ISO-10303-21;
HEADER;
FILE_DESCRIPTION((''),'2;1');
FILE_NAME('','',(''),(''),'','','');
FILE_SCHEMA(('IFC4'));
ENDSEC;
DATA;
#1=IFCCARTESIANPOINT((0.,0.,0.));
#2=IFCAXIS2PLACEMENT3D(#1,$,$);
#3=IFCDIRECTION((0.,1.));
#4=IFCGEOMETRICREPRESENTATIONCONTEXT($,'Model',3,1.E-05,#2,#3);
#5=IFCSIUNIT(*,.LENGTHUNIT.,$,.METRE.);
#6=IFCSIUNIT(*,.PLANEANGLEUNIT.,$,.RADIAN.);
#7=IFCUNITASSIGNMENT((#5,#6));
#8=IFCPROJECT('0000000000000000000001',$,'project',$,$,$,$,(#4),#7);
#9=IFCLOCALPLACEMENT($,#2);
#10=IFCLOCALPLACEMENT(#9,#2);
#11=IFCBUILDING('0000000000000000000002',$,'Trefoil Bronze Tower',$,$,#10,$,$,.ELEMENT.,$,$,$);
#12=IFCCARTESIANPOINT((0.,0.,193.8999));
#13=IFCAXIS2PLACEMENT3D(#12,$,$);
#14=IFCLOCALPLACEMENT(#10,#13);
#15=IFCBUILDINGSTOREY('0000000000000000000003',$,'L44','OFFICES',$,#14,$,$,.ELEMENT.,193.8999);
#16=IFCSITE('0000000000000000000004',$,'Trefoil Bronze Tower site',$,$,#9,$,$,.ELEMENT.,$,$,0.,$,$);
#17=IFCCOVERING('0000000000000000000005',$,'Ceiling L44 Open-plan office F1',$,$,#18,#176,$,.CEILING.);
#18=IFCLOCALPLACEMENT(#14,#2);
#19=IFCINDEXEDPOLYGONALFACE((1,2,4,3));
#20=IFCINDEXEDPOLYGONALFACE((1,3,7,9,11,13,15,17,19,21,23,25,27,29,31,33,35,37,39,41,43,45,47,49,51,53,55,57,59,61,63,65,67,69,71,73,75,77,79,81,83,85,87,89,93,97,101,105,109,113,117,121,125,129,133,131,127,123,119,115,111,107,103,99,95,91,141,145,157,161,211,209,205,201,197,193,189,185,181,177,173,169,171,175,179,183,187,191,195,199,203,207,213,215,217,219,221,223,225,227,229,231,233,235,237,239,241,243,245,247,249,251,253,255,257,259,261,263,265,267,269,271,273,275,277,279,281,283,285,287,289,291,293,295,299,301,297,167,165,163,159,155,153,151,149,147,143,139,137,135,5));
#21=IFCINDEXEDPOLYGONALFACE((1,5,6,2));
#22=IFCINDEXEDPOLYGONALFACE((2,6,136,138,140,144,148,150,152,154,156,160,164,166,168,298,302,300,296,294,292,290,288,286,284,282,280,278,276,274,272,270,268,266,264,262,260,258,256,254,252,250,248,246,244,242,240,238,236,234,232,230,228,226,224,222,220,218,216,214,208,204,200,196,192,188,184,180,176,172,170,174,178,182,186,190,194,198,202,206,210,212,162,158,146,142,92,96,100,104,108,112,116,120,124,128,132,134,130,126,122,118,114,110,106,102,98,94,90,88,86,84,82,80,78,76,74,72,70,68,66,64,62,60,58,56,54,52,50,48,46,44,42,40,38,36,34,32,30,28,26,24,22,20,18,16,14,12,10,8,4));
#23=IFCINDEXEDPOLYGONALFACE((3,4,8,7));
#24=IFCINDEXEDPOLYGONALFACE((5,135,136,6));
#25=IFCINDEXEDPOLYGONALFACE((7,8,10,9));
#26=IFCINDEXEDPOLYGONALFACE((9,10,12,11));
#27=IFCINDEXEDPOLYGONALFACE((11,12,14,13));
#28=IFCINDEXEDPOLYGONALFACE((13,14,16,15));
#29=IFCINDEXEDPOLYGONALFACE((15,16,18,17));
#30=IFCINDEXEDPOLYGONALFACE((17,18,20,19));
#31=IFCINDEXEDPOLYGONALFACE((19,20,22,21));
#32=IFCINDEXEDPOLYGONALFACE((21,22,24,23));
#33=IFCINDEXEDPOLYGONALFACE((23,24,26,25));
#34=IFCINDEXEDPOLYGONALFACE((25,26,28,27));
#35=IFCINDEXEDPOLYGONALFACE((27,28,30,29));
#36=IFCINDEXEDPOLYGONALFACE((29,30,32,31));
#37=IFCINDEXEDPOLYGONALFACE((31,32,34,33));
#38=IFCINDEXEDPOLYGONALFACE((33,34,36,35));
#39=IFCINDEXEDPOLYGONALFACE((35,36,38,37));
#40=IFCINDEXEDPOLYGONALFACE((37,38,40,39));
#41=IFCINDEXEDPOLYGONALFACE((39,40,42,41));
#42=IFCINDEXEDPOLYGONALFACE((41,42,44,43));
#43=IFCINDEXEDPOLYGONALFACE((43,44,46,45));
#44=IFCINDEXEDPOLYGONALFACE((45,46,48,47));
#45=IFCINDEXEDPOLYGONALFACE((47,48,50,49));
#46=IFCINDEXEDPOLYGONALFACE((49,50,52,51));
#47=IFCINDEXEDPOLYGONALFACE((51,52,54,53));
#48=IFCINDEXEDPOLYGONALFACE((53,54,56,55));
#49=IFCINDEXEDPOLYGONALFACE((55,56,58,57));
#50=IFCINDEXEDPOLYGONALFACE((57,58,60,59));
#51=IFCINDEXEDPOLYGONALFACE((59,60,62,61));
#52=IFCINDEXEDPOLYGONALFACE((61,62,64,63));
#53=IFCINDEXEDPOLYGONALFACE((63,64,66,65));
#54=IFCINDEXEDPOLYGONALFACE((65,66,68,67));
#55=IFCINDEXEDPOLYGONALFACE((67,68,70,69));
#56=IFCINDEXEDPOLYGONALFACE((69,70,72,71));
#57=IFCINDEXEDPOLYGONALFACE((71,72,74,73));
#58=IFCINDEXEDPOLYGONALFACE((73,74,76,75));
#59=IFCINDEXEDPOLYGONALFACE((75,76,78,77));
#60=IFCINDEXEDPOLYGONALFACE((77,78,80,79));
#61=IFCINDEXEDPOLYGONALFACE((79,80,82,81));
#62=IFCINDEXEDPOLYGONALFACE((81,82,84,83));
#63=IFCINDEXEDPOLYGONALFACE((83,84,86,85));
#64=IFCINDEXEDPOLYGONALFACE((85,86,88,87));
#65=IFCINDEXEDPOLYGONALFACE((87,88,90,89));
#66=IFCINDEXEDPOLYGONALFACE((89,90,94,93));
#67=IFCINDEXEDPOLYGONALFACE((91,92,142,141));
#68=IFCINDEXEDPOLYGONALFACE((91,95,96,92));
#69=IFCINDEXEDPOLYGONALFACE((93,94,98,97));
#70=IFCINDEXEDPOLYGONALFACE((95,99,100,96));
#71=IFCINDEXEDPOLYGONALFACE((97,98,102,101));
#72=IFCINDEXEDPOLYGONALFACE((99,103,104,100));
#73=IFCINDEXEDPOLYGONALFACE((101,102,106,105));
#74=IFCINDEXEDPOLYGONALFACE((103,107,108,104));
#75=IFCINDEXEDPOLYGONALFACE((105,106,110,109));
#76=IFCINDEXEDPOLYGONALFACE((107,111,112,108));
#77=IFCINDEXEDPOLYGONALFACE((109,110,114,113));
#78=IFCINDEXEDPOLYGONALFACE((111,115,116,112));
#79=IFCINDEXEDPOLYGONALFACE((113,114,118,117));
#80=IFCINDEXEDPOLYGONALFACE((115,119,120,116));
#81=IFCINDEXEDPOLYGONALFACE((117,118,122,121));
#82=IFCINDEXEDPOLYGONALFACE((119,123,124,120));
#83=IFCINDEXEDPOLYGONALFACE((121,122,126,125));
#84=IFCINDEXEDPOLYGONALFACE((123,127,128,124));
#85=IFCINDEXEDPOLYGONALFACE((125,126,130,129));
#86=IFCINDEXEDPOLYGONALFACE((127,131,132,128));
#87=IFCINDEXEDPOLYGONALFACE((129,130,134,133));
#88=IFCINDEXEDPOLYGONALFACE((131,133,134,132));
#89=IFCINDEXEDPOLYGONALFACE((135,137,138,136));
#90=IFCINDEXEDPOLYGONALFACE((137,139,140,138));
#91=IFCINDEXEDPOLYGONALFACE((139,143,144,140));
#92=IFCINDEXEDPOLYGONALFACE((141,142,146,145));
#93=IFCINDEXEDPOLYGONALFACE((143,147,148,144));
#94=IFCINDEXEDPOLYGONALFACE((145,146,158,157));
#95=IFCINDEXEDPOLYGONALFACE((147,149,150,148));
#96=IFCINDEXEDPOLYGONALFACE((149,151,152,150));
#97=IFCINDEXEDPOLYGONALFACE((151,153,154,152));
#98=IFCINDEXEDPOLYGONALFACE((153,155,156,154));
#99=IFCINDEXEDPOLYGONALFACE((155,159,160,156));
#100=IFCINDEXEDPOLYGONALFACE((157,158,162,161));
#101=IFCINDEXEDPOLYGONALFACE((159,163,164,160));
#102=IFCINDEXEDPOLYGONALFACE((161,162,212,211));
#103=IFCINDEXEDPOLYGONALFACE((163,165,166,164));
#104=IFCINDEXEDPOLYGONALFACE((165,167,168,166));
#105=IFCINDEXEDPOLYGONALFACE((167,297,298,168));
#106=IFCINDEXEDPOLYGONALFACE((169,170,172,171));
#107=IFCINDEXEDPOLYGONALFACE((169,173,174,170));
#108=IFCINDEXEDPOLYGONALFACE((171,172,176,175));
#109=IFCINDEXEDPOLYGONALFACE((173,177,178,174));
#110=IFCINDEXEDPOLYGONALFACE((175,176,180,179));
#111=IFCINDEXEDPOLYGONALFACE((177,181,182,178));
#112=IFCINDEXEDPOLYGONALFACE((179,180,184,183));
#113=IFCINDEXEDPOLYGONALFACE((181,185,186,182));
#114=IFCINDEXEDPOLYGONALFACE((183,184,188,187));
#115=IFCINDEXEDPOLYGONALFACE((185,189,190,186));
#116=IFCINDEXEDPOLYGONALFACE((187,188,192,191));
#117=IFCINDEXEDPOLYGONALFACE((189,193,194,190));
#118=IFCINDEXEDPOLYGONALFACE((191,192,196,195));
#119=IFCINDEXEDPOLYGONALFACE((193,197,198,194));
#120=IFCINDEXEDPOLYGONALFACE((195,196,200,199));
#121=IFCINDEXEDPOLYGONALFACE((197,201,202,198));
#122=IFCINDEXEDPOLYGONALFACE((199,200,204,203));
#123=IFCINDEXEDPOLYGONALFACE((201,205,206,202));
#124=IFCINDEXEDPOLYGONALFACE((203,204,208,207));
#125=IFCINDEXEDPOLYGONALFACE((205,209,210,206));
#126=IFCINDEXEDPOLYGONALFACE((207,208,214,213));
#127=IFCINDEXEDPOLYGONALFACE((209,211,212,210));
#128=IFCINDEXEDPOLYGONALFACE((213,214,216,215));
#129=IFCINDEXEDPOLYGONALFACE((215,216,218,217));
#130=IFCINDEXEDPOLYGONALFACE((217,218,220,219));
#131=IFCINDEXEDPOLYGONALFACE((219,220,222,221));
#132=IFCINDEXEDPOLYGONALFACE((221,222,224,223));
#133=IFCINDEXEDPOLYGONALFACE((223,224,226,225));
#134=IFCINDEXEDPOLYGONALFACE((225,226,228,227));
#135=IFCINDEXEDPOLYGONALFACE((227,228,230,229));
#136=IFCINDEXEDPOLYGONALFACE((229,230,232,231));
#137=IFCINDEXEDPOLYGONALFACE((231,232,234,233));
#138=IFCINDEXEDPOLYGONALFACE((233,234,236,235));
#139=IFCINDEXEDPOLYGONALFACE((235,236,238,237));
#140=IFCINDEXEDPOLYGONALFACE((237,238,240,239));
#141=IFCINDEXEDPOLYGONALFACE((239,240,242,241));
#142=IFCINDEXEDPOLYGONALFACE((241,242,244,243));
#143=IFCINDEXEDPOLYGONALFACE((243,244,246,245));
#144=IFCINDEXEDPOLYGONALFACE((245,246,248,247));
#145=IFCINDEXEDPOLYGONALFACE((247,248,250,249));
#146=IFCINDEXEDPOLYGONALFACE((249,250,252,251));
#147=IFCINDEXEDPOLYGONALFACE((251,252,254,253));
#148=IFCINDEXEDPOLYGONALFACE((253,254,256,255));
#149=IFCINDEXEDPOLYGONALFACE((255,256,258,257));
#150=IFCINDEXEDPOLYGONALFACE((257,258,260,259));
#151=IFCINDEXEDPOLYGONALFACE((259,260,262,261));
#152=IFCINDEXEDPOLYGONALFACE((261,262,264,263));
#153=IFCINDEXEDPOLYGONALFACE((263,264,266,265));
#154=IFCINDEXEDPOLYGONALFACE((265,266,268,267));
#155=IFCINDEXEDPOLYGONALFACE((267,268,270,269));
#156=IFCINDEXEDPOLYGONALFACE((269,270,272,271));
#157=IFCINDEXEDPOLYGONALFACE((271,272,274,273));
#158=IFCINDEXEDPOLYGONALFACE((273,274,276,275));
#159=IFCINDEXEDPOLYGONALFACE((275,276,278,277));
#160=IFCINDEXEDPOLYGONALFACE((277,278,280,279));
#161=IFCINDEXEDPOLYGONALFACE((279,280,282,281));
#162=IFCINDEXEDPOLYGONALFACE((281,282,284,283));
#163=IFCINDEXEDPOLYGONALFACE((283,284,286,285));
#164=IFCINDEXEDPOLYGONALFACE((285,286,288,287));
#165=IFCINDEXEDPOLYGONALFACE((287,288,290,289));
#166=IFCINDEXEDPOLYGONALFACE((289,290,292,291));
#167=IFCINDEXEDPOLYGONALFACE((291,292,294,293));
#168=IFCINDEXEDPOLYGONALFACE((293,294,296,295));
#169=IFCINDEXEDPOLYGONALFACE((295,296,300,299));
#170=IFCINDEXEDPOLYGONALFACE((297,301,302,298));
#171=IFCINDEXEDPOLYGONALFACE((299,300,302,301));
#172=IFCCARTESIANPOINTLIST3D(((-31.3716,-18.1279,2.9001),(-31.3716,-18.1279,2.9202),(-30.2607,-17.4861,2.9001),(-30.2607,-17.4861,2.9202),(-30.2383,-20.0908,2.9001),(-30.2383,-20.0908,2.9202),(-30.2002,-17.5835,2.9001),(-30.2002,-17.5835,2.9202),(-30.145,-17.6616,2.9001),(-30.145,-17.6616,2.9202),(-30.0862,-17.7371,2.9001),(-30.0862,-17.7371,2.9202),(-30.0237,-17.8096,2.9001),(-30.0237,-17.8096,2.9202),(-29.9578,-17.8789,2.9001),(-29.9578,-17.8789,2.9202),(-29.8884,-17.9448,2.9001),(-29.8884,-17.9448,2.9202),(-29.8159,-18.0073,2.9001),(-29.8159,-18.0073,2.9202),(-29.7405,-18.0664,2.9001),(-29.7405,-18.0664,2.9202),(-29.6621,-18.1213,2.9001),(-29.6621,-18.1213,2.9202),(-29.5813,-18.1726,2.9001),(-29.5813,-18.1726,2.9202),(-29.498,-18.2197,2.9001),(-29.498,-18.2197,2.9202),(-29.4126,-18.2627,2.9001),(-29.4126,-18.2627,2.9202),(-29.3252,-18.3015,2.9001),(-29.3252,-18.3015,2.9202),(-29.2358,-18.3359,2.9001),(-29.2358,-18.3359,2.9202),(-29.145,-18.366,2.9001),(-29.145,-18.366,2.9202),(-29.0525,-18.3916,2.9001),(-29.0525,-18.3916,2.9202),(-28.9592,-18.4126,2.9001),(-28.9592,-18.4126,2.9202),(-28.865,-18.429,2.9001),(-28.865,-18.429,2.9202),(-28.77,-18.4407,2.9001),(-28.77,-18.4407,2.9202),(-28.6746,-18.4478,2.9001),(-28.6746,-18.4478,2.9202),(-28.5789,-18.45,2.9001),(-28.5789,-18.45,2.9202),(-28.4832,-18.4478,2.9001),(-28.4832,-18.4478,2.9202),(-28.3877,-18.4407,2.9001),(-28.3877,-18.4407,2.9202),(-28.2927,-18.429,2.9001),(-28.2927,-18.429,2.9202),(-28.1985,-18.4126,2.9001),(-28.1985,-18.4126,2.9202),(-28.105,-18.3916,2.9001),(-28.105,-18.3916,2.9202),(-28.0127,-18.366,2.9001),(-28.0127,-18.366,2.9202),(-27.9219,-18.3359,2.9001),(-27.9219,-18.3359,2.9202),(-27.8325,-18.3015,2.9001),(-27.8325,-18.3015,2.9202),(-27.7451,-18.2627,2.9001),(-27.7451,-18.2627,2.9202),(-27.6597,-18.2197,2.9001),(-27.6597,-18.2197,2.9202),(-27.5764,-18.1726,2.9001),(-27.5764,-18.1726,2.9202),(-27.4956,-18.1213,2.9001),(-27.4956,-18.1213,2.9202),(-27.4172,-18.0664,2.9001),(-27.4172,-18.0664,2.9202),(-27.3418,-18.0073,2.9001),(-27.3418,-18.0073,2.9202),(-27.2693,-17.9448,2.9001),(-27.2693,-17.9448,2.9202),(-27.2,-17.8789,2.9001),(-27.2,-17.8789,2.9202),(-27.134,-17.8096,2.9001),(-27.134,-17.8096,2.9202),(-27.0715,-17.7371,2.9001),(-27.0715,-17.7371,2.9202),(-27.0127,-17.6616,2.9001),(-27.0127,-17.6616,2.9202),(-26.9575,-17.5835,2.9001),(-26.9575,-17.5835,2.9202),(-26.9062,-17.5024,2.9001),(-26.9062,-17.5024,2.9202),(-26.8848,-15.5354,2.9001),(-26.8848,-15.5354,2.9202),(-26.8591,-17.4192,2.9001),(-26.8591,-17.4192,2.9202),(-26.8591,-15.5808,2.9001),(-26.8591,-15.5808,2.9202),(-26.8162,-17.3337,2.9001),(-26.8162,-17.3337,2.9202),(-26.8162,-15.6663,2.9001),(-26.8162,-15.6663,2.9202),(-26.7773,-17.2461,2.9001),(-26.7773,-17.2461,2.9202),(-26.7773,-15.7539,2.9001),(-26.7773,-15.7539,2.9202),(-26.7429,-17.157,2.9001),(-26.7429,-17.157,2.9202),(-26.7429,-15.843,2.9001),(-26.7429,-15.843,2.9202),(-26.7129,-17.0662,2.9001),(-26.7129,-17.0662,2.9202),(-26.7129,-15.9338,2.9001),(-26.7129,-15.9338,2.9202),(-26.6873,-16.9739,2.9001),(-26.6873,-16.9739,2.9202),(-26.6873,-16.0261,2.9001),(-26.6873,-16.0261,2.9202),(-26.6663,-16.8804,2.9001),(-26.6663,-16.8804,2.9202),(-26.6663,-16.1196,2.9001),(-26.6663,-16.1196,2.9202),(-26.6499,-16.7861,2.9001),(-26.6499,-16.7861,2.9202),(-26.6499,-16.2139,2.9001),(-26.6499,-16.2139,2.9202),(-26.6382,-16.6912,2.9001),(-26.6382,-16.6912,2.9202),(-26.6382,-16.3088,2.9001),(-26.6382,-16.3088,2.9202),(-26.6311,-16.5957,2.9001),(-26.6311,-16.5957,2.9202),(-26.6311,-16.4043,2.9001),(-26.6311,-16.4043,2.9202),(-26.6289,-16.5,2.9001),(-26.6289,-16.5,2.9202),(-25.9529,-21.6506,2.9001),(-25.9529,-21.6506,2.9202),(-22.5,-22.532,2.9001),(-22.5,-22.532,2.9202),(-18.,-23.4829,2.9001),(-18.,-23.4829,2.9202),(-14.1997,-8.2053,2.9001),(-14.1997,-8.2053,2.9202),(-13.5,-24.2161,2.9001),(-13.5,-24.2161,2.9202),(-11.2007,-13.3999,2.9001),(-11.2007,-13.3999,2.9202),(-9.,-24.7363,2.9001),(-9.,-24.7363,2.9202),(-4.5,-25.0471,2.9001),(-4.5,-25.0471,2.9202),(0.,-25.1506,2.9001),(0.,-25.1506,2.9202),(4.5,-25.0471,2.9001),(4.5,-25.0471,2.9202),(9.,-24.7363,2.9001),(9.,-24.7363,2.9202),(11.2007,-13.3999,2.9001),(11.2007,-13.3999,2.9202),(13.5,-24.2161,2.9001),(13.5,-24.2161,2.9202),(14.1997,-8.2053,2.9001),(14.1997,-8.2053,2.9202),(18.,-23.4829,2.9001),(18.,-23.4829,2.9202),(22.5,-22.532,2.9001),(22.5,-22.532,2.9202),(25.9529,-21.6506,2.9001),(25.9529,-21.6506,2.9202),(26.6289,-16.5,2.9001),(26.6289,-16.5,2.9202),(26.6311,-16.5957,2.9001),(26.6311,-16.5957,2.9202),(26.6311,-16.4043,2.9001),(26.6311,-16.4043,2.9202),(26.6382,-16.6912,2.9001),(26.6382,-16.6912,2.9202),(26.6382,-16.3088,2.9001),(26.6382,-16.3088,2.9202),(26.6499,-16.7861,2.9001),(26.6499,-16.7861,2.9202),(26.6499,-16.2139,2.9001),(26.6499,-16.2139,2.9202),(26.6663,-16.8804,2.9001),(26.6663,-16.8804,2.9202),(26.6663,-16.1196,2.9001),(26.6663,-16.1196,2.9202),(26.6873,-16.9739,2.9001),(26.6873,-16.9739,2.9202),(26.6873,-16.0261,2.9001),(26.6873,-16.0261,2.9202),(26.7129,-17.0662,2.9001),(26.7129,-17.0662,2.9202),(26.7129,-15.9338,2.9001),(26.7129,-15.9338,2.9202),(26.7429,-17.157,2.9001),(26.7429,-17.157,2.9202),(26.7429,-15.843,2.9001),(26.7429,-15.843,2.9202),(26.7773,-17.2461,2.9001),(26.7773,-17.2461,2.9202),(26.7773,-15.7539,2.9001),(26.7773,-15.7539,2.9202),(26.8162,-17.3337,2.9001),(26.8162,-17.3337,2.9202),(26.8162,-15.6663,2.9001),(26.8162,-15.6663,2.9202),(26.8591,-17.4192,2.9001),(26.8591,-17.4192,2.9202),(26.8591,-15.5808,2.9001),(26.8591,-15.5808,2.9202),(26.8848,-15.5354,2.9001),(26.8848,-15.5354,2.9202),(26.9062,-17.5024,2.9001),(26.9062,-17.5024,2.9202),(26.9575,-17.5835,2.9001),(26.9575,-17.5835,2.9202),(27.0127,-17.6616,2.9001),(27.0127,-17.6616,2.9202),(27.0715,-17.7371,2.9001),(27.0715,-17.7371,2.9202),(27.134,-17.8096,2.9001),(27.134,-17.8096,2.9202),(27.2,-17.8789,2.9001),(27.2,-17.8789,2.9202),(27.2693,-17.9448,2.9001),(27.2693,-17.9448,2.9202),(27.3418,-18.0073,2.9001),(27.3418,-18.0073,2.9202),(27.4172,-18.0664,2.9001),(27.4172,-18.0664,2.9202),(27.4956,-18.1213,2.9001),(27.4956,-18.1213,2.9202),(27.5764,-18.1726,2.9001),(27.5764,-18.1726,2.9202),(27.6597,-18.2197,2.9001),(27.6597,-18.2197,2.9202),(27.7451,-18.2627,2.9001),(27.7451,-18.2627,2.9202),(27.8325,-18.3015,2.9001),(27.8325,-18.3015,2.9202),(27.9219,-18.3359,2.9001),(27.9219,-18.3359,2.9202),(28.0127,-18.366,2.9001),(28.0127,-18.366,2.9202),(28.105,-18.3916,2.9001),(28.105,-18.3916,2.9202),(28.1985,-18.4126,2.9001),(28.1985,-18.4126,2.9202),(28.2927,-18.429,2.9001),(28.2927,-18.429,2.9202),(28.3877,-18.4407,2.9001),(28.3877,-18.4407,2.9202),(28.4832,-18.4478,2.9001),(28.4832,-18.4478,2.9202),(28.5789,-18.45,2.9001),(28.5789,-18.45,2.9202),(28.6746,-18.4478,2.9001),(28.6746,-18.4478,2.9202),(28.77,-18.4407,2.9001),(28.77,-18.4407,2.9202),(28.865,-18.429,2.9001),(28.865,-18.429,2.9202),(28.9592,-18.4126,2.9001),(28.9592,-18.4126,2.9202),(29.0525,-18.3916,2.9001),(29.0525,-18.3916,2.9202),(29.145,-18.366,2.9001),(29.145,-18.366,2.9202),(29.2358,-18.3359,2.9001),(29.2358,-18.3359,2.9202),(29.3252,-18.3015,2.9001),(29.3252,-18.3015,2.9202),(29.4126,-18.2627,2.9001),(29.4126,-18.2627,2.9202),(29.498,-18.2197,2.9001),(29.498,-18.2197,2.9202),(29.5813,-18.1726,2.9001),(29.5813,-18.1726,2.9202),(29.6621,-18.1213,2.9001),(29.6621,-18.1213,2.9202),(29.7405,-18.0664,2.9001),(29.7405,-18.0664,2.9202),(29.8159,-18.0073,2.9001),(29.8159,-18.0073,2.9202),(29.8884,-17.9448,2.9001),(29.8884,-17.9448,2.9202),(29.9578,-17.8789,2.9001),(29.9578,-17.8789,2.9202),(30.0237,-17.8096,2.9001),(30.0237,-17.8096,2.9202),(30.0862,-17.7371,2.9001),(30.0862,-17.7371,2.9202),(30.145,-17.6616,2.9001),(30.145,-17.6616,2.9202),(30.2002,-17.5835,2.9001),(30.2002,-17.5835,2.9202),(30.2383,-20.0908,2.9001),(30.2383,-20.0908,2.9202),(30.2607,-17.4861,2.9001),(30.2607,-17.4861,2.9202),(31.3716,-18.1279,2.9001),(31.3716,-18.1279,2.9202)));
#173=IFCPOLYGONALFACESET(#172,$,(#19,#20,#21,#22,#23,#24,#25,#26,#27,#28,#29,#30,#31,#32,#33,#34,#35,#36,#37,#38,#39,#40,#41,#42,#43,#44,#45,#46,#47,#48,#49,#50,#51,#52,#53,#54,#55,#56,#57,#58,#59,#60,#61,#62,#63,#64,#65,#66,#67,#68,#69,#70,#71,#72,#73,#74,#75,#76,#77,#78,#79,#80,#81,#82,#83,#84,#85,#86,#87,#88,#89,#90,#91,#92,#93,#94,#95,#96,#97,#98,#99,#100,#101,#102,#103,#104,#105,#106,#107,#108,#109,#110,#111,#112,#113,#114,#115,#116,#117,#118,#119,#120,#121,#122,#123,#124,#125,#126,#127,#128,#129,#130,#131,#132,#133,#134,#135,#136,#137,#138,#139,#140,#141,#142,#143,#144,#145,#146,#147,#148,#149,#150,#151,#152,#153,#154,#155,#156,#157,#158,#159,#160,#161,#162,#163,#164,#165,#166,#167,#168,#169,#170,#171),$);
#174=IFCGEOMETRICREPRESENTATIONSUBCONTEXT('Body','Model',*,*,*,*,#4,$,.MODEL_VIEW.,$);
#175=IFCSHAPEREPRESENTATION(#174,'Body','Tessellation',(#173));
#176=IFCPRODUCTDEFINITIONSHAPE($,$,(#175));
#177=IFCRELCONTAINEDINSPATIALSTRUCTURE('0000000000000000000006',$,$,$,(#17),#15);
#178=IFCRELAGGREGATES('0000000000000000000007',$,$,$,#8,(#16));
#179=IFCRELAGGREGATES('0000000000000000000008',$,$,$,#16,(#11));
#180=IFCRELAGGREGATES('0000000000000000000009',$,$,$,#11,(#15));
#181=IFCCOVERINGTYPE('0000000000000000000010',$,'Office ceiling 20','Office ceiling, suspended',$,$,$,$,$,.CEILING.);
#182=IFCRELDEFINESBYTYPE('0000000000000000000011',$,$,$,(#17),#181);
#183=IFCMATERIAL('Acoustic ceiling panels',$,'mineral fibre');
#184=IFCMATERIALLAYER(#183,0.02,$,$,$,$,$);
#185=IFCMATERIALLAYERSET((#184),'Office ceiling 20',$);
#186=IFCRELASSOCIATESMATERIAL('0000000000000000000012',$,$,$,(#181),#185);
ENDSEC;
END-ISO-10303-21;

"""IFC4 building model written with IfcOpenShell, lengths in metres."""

from ifc_helpers import new_model, si_unit, direction, frame, origin, place, context, subcontext, project, spatial, polyline, outline, extrude, material, layer, layer_set, type_object, element, save


model = new_model("IFC4")

# Units and contexts
model_context = context("Model", 3, precision=1e-05, world=origin(), true_north=direction((0.0, 1.0)))
body_context = subcontext(model_context, "Body", "Model", "MODEL_VIEW")
ifc_project = project(units=[si_unit("LENGTHUNIT", "METRE"), si_unit("PLANEANGLEUNIT", "RADIAN")], contexts=[model_context])

# Site, building, storey
site_placement = place(None, origin())
site = spatial("IfcSite", under=ifc_project, at=site_placement, Name="Trefoil Bronze Tower site", CompositionType="ELEMENT", RefElevation=0.0)
building_placement = place(site_placement, origin())
building = spatial("IfcBuilding", under=site, at=building_placement, Name="Trefoil Bronze Tower", CompositionType="ELEMENT")
storey_placement = place(building_placement, frame((0.0, 0.0, 193.8999)))
storey = spatial("IfcBuildingStorey", under=building, at=storey_placement, Name="L44", Description="OFFICES", CompositionType="ELEMENT", Elevation=193.8999)

# Covering
ifc_material_1 = material(Name="Acoustic ceiling panels", Category="mineral fibre")
ifc_layer_1 = layer(ifc_material_1, 0.02)
ifc_layer_set_1 = layer_set([ifc_layer_1], Name="Office ceiling 20")
covering_type_1 = type_object("IfcCoveringType", Name="Office ceiling 20", Description="Office ceiling, suspended", PredefinedType="CEILING", material=ifc_layer_set_1)
covering_1_placement = place(storey_placement, frame((0.0, 0.0, 2.9001)))
element("IfcCovering", 1, at=covering_1_placement, inside=storey, type_object=covering_type_1, Name="Ceiling L44 Open-plan office F1", PredefinedType="CEILING", context=body_context, shape_type="SweptSolid", body=[
    extrude(outline(polyline([(-30.2002, -17.5835), (-30.145, -17.6616), (-30.0862, -17.7371), (-30.0237, -17.8096), (-29.9578, -17.8789), (-29.8884, -17.9448), (-29.8159, -18.0073), (-29.7405, -18.0664), (-29.6621, -18.1213), (-29.5813, -18.1726), (-29.498, -18.2197), (-29.4126, -18.2627), (-29.3252, -18.3015), (-29.2358, -18.3359), (-29.145, -18.366), (-29.0525, -18.3916), (-28.9592, -18.4126), (-28.865, -18.429), (-28.77, -18.4407), (-28.6746, -18.4478), (-28.5789, -18.45), (-28.4832, -18.4478), (-28.3877, -18.4407), (-28.2927, -18.429), (-28.1985, -18.4126), (-28.105, -18.3916), (-28.0127, -18.366), (-27.9219, -18.3359), (-27.8325, -18.3015), (-27.7451, -18.2627), (-27.6597, -18.2197), (-27.5764, -18.1726), (-27.4956, -18.1213), (-27.4172, -18.0664), (-27.3418, -18.0073), (-27.2693, -17.9448), (-27.2, -17.8789), (-27.134, -17.8096), (-27.0715, -17.7371), (-27.0127, -17.6616), (-26.9575, -17.5835), (-26.9062, -17.5024), (-26.8591, -17.4192), (-26.8162, -17.3337), (-26.7773, -17.2461), (-26.7429, -17.157), (-26.7129, -17.0662), (-26.6873, -16.9739), (-26.6663, -16.8804), (-26.6499, -16.7861), (-26.6382, -16.6912), (-26.6311, -16.5957), (-26.6289, -16.5), (-26.6311, -16.4043), (-26.6382, -16.3088), (-26.6499, -16.2139), (-26.6663, -16.1196), (-26.6873, -16.0261), (-26.7129, -15.9338), (-26.7429, -15.843), (-26.7773, -15.7539), (-26.8162, -15.6663), (-26.8591, -15.5808), (-26.8848, -15.5354), (-14.1997, -8.2053), (-11.2007, -13.3999), (11.2007, -13.3999), (14.1997, -8.2053), (26.8848, -15.5354), (26.8591, -15.5808), (26.8162, -15.6663), (26.7773, -15.7539), (26.7429, -15.843), (26.7129, -15.9338), (26.6873, -16.0261), (26.6663, -16.1196), (26.6499, -16.2139), (26.6382, -16.3088), (26.6311, -16.4043), (26.6289, -16.5), (26.6311, -16.5957), (26.6382, -16.6912), (26.6499, -16.7861), (26.6663, -16.8804), (26.6873, -16.9739), (26.7129, -17.0662), (26.7429, -17.157), (26.7773, -17.2461), (26.8162, -17.3337), (26.8591, -17.4192), (26.9062, -17.5024), (26.9575, -17.5835), (27.0127, -17.6616), (27.0715, -17.7371), (27.134, -17.8096), (27.2, -17.8789), (27.2693, -17.9448), (27.3418, -18.0073), (27.4172, -18.0664), (27.4956, -18.1213), (27.5764, -18.1726), (27.6597, -18.2197), (27.7451, -18.2627), (27.8325, -18.3015), (27.9219, -18.3359), (28.0127, -18.366), (28.105, -18.3916), (28.1985, -18.4126), (28.2927, -18.429), (28.3877, -18.4407), (28.4832, -18.4478), (28.5789, -18.45), (28.6746, -18.4478), (28.77, -18.4407), (28.865, -18.429), (28.9592, -18.4126), (29.0525, -18.3916), (29.145, -18.366), (29.2358, -18.3359), (29.3252, -18.3015), (29.4126, -18.2627), (29.498, -18.2197), (29.5813, -18.1726), (29.6621, -18.1213), (29.7405, -18.0664), (29.8159, -18.0073), (29.8884, -17.9448), (29.9578, -17.8789), (30.0237, -17.8096), (30.0862, -17.7371), (30.145, -17.6616), (30.2002, -17.5835), (30.2607, -17.4861), (31.3716, -18.1279), (30.2383, -20.0908), (25.9529, -21.6506), (22.5, -22.532), (18.0, -23.4829), (13.5, -24.2161), (9.0, -24.7363), (4.5, -25.0471), (0.0, -25.1506), (-4.5, -25.0471), (-9.0, -24.7363), (-13.5, -24.2161), (-18.0, -23.4829), (-22.5, -22.532), (-25.9529, -21.6506), (-30.2383, -20.0908), (-31.3716, -18.1279), (-30.2607, -17.4861), (-30.2002, -17.5835)])), origin(), (0.0, 0.0, 1.0), 0.02),
])

save(model, "model.ifc")
